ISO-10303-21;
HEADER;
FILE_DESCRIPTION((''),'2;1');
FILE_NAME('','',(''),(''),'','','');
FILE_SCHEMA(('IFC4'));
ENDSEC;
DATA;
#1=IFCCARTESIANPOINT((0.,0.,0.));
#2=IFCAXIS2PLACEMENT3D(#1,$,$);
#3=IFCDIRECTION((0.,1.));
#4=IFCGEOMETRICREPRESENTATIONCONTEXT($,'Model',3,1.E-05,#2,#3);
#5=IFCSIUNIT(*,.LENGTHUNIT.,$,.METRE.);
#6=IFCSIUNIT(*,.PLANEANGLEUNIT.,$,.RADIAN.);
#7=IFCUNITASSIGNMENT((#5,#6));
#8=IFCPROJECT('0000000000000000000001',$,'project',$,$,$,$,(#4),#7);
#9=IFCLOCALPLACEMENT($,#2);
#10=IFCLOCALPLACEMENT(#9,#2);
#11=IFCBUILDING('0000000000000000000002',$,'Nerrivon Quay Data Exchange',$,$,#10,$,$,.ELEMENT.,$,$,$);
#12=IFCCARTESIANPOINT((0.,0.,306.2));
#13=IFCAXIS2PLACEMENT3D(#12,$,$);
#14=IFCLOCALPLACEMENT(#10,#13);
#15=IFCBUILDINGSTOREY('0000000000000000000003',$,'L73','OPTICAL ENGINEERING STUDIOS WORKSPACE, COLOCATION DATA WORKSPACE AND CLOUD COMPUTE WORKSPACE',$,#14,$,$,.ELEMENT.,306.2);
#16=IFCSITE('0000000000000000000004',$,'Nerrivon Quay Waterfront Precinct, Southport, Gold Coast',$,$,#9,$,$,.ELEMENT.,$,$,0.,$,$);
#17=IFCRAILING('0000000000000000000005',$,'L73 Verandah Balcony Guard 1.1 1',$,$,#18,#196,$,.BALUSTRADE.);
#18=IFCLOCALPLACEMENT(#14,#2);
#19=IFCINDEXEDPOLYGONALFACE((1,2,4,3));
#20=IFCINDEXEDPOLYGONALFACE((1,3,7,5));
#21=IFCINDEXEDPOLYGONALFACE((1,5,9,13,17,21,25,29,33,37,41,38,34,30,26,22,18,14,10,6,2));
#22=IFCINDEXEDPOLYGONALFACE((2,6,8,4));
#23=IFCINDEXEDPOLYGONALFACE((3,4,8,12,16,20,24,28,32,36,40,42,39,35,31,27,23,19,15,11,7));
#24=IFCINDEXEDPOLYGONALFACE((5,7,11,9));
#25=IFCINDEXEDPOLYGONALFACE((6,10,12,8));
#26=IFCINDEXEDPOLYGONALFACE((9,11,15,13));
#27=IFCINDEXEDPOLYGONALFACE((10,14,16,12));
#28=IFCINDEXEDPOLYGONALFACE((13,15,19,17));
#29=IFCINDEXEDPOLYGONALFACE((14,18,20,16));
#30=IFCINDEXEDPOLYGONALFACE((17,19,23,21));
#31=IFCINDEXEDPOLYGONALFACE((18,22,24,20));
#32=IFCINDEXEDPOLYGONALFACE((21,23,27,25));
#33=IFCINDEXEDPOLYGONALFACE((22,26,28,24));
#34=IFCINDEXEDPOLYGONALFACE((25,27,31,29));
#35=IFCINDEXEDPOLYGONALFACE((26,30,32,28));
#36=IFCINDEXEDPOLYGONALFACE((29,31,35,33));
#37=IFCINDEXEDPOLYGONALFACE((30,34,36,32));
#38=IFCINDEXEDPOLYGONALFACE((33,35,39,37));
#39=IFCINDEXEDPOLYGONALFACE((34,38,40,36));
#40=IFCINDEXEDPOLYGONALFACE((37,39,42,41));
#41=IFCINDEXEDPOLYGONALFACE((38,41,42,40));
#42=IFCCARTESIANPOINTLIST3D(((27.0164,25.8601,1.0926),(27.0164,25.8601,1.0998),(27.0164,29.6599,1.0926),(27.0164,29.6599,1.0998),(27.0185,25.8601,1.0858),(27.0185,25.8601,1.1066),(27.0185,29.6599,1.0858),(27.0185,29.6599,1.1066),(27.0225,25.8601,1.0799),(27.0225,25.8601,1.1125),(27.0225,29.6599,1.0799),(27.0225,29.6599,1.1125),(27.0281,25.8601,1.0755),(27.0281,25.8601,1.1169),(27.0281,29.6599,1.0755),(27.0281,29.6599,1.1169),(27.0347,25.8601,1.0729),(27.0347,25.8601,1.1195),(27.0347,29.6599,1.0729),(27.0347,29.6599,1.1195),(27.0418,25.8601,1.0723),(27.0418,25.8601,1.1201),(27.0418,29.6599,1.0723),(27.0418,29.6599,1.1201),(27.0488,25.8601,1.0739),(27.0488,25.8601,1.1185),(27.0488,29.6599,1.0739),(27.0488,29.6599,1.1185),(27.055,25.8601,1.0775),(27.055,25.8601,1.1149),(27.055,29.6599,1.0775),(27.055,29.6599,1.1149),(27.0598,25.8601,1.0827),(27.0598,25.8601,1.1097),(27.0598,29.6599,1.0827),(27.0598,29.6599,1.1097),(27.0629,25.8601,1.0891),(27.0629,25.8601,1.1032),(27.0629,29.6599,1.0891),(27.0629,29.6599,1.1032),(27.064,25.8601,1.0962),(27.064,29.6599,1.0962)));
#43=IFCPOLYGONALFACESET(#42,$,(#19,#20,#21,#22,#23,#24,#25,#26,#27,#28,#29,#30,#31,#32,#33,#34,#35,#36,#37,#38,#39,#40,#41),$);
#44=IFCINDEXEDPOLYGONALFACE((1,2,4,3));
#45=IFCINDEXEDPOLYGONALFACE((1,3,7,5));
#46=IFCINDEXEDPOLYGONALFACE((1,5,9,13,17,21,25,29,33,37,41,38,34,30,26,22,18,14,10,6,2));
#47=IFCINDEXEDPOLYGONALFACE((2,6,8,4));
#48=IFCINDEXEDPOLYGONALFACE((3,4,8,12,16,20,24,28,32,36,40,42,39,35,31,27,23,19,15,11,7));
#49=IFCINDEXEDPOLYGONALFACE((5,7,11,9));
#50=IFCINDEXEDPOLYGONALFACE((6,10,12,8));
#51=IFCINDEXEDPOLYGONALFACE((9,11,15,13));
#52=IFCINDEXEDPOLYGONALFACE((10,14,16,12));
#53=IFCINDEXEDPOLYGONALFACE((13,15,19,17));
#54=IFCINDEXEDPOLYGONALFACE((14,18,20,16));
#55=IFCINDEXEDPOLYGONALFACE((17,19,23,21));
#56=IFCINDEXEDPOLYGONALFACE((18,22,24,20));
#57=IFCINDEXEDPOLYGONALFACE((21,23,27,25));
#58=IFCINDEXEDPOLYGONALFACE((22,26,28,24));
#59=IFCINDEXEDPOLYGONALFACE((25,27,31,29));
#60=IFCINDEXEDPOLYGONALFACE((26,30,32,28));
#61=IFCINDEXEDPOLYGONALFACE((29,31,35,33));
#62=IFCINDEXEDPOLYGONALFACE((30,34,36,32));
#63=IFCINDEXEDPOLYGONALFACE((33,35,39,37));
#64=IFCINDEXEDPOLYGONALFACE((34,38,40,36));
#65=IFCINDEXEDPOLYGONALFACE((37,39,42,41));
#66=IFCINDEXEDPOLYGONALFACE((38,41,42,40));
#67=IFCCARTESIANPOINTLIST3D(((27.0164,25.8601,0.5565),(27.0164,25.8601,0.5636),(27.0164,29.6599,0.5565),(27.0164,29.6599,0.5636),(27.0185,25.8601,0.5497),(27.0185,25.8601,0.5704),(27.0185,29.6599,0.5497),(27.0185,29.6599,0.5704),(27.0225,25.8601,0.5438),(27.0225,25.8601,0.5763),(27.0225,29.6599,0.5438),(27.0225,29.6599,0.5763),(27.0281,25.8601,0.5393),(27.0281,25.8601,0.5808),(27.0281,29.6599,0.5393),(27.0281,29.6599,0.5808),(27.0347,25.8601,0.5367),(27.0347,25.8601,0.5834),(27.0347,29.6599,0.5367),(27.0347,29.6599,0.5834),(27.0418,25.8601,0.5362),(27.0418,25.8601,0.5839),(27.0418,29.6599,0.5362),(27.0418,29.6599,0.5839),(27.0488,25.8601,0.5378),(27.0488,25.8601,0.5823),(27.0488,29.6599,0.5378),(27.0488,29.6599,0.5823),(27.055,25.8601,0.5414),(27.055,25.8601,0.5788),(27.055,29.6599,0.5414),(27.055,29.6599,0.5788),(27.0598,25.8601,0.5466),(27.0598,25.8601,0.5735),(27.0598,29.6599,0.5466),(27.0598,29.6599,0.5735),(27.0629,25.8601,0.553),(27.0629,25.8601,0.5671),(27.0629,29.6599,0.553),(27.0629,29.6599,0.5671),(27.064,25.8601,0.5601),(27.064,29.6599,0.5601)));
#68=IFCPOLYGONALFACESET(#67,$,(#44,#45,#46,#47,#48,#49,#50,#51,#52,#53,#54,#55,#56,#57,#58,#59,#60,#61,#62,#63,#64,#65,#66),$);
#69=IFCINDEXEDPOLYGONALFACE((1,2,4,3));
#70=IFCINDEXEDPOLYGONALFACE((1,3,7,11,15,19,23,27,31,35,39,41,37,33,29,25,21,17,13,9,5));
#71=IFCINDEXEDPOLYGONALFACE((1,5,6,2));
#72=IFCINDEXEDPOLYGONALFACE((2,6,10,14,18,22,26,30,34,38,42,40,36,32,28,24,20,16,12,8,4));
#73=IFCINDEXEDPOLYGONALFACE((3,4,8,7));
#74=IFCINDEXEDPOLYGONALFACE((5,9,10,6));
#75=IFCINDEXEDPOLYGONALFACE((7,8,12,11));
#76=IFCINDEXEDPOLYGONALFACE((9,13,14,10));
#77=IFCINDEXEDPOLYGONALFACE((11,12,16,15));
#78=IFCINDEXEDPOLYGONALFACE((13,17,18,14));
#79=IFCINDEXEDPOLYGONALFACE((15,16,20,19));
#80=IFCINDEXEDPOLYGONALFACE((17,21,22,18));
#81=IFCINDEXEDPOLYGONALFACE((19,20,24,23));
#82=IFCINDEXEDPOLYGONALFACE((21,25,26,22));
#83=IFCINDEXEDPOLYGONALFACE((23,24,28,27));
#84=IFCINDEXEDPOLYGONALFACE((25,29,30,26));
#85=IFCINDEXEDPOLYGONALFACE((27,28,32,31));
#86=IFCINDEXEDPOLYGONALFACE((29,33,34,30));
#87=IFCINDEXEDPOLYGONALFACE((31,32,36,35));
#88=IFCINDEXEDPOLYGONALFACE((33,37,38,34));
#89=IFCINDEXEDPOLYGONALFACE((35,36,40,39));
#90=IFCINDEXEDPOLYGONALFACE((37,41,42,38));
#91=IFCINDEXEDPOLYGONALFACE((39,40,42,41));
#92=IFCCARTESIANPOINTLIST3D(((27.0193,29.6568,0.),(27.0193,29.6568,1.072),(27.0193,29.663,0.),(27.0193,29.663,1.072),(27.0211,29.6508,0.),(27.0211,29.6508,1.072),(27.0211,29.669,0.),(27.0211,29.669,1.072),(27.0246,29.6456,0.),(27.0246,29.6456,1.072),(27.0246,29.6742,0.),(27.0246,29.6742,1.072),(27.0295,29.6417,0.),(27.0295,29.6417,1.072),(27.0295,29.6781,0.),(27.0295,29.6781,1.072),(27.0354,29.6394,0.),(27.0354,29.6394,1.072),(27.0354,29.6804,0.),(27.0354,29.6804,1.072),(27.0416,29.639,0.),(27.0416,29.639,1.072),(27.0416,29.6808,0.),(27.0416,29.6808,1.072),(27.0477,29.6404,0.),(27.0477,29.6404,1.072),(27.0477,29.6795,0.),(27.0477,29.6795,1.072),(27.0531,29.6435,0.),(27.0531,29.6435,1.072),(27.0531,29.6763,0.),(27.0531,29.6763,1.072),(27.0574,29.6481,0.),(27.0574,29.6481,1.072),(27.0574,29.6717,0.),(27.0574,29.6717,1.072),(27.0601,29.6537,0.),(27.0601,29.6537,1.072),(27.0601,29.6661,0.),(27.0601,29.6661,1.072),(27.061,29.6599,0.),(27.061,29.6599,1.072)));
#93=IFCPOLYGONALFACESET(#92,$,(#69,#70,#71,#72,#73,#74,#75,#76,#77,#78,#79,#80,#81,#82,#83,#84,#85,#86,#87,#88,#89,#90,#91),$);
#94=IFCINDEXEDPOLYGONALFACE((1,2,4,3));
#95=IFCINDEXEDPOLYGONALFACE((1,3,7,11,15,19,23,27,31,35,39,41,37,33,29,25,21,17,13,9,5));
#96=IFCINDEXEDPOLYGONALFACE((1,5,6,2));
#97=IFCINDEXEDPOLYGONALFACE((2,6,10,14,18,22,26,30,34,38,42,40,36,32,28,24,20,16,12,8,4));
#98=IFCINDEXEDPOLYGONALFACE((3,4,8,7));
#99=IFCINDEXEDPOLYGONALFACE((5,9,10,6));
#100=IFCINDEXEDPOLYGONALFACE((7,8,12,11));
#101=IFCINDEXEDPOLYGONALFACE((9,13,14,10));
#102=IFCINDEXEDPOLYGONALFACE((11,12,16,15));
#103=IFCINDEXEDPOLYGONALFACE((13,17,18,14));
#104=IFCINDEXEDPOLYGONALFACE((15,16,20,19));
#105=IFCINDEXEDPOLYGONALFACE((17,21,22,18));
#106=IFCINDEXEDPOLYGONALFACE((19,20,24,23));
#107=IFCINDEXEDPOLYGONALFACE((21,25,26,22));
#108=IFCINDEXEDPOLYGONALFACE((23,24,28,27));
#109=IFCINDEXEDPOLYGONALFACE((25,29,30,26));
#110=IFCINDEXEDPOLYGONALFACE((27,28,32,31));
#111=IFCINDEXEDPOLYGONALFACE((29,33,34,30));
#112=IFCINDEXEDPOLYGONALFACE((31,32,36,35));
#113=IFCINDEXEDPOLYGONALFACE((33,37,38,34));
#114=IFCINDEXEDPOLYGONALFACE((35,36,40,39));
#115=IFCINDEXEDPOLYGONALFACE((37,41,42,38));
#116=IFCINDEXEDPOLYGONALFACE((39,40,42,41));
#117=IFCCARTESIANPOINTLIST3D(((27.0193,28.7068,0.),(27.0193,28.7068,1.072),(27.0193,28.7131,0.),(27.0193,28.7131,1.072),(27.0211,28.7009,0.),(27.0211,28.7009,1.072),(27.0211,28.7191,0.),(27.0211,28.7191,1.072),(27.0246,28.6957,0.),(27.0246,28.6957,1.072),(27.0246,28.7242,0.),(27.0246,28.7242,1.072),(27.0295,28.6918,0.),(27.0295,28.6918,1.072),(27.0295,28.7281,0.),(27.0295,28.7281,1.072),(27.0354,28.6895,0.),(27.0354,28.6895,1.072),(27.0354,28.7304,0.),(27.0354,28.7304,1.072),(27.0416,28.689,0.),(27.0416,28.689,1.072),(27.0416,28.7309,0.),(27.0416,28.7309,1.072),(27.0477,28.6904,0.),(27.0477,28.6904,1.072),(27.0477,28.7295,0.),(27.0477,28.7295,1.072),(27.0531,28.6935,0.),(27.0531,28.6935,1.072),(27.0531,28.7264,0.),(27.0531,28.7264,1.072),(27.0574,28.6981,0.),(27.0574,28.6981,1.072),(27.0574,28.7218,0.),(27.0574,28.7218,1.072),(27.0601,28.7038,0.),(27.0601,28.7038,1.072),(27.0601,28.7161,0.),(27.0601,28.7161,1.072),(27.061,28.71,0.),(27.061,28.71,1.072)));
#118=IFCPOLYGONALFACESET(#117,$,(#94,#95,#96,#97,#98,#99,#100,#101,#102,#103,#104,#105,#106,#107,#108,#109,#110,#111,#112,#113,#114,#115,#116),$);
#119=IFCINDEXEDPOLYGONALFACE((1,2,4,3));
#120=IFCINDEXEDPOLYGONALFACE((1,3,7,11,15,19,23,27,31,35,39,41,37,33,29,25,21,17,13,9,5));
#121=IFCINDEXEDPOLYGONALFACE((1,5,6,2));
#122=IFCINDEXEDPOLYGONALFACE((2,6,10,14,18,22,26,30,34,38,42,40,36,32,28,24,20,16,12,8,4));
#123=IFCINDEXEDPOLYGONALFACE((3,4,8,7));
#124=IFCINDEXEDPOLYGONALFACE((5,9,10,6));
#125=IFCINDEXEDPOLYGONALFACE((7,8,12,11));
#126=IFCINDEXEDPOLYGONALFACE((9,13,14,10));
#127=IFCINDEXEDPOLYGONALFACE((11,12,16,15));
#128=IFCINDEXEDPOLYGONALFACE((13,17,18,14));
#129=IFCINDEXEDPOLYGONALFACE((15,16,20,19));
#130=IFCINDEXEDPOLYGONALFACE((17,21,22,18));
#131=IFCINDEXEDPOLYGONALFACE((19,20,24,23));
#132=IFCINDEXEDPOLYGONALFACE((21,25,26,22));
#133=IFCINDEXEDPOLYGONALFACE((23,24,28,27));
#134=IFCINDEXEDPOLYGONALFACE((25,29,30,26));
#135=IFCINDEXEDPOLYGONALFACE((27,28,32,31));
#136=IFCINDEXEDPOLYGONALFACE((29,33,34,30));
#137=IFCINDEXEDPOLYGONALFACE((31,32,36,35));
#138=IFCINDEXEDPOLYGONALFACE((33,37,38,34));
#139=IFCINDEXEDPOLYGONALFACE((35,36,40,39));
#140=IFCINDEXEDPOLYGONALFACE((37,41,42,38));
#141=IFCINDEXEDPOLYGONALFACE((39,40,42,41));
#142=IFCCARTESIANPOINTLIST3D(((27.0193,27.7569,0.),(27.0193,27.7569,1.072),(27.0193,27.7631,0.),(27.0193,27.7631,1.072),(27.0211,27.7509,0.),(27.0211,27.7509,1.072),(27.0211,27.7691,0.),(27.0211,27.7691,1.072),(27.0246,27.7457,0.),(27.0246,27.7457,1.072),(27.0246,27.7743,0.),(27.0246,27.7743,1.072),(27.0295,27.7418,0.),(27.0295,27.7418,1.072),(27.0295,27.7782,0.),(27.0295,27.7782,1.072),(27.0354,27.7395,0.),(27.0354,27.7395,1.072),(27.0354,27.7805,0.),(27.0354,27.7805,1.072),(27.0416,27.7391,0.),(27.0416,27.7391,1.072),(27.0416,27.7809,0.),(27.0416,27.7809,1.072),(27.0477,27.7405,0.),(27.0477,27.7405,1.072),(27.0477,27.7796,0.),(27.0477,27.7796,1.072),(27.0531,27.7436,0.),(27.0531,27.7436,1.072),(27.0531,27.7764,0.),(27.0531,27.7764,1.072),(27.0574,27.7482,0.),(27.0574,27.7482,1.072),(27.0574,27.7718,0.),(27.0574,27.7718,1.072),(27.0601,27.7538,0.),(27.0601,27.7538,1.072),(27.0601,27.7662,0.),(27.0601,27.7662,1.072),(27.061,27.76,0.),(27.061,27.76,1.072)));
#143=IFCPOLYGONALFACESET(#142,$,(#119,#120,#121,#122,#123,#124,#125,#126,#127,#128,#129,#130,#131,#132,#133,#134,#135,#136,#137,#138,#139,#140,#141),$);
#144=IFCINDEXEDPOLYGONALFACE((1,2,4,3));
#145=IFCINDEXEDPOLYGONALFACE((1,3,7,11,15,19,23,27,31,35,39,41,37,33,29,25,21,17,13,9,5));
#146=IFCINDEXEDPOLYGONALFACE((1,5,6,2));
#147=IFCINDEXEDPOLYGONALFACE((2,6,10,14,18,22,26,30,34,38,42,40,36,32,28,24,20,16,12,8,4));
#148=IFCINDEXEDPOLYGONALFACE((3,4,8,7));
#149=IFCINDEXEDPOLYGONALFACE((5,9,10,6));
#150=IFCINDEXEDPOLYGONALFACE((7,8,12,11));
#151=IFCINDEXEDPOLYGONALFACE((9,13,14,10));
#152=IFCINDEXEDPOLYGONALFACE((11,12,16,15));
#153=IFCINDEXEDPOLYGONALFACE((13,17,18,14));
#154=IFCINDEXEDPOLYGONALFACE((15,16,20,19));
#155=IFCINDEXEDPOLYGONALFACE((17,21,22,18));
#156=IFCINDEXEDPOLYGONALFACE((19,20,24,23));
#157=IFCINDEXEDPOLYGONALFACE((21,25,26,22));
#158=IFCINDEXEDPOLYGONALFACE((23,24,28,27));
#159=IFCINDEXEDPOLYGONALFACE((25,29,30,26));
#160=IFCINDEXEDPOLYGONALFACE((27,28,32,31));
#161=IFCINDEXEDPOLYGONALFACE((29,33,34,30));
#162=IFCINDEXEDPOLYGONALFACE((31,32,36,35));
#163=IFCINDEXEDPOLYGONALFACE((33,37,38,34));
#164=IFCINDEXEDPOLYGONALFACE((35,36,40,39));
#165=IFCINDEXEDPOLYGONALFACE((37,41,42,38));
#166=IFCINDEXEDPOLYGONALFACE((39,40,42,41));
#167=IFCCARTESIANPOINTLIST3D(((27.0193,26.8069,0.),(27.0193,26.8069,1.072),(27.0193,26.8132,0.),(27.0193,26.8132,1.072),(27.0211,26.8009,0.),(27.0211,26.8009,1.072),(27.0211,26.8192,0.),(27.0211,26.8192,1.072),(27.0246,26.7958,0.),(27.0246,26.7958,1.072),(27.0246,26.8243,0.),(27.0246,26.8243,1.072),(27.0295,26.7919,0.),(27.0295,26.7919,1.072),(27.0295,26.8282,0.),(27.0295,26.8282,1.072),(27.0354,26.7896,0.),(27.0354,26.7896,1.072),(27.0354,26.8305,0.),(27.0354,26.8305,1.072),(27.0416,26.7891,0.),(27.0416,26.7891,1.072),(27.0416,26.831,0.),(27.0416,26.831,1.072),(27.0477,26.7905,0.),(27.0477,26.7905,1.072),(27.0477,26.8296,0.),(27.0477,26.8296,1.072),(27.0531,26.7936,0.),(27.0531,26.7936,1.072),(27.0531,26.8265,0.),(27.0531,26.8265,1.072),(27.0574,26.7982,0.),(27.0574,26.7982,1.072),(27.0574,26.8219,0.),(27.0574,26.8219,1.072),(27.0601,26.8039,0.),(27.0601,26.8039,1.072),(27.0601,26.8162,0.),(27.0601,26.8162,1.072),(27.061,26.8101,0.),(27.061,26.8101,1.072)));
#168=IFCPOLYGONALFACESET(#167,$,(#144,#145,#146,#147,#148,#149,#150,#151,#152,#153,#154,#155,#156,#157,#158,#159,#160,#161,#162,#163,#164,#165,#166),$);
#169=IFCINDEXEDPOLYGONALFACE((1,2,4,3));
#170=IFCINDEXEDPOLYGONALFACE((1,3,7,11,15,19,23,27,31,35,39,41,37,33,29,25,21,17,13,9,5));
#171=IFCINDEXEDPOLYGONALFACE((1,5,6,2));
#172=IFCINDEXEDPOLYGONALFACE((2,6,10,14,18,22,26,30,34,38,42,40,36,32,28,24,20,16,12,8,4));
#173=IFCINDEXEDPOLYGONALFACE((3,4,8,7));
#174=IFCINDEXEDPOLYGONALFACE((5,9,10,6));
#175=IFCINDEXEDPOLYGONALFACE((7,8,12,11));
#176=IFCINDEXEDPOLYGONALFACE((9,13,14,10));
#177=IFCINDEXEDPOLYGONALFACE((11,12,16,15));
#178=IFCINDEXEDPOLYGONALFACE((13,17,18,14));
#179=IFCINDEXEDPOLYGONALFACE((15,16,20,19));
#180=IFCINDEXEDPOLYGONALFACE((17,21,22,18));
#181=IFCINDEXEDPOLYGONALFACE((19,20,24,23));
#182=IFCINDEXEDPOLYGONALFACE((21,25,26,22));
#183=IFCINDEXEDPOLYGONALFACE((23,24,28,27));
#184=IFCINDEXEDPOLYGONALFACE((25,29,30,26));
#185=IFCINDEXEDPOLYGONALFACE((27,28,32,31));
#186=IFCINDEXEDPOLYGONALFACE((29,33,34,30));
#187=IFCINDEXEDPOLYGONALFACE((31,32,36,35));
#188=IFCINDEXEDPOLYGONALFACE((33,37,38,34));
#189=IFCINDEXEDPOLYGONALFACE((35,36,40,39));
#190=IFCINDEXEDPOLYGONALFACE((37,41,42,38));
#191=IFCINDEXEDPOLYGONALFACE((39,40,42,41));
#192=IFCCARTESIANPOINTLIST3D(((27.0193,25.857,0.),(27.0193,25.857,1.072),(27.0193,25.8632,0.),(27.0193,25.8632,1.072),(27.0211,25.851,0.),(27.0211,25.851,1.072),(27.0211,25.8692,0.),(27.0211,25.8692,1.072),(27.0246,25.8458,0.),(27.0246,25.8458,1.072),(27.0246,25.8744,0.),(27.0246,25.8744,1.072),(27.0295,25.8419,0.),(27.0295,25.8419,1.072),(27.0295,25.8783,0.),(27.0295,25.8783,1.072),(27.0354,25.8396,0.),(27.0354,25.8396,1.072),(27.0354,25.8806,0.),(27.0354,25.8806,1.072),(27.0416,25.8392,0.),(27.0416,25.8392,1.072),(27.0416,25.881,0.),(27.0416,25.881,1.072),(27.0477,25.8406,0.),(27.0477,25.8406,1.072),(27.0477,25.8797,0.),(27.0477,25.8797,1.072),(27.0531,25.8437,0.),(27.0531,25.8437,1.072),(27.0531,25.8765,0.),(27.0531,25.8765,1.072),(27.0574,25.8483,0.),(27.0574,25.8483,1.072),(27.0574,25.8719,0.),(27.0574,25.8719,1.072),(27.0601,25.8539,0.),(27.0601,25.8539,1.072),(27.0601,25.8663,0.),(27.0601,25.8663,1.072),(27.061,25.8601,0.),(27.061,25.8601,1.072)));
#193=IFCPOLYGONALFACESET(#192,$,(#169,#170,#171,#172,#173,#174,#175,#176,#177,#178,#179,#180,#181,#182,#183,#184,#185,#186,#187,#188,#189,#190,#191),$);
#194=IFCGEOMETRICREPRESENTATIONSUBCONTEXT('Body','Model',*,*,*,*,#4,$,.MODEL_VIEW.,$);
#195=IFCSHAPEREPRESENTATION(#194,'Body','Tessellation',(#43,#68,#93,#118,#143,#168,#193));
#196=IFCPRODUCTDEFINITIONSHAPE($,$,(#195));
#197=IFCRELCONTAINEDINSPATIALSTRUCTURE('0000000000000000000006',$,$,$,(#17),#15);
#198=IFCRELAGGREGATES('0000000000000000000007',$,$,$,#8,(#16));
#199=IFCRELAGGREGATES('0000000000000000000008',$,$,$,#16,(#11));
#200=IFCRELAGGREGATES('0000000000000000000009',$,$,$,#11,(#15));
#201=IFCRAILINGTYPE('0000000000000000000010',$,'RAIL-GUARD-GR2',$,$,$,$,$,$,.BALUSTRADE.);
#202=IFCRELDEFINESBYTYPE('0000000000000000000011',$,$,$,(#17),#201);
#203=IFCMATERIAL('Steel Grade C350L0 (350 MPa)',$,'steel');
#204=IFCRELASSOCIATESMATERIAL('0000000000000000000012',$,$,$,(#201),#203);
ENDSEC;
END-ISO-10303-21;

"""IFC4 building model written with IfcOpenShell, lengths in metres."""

from ifc_helpers import new_model, si_unit, direction, frame, origin, origin_2d, place, context, subcontext, project, spatial, circle, extrude, material, type_object, element, save


model = new_model("IFC4")

# Units and contexts
model_context = context("Model", 3, precision=1e-05, world=origin(), true_north=direction((0.0, 1.0)))
body_context = subcontext(model_context, "Body", "Model", "MODEL_VIEW")
ifc_project = project(units=[si_unit("LENGTHUNIT", "METRE"), si_unit("PLANEANGLEUNIT", "RADIAN")], contexts=[model_context])

# Site, building, storey
site_placement = place(None, origin())
site = spatial("IfcSite", under=ifc_project, at=site_placement, Name="Nerrivon Quay Waterfront Precinct, Southport, Gold Coast", CompositionType="ELEMENT", RefElevation=0.0)
building_placement = place(site_placement, origin())
building = spatial("IfcBuilding", under=site, at=building_placement, Name="Nerrivon Quay Data Exchange", CompositionType="ELEMENT")
storey_placement = place(building_placement, frame((0.0, 0.0, 306.2)))
storey = spatial("IfcBuildingStorey", under=building, at=storey_placement, Name="L73", Description="OPTICAL ENGINEERING STUDIOS WORKSPACE, COLOCATION DATA WORKSPACE AND CLOUD COMPUTE WORKSPACE", CompositionType="ELEMENT", Elevation=306.2)

# Shared definitions
ifc_material_1 = material(Name="Steel Grade C350L0 (350 MPa)", Category="steel")

# Railing
railing_type = type_object("IfcRailingType", Name="RAIL-GUARD-GR2", PredefinedType="BALUSTRADE", material=ifc_material_1)
railing_1_placement = place(storey_placement, frame((27.04, 29.6599, 0.0)))
element("IfcRailing", 1, at=railing_1_placement, inside=storey, type_object=railing_type, Name="L73 Verandah Balcony Guard 1.1 1", PredefinedType="BALUSTRADE", context=body_context, shape_type="SweptSolid", body=[
    extrude(circle(Radius=0.0239, at=origin_2d()), frame((0.0, 0.0, 1.0962), z_axis=(0.0, -1.0, 0.0), x_axis=(1.0, 0.0, 0.0)), (0.0, 0.0, 1.0), 3.7998),
    extrude(circle(Radius=0.0239, at=origin_2d()), frame((0.0, 0.0, 0.5601), z_axis=(0.0, -1.0, 0.0), x_axis=(1.0, 0.0, 0.0)), (0.0, 0.0, 1.0), 3.7998),
    extrude(circle(Radius=0.021, at=origin_2d()), origin(), (0.0, 0.0, 1.0), 1.072),
    extrude(circle(Radius=0.021, at=origin_2d()), frame((0.0, -0.95, 0.0)), (0.0, 0.0, 1.0), 1.072),
    extrude(circle(Radius=0.021, at=origin_2d()), frame((0.0, -1.8999, 0.0)), (0.0, 0.0, 1.0), 1.072),
    extrude(circle(Radius=0.021, at=origin_2d()), frame((0.0, -2.8499, 0.0)), (0.0, 0.0, 1.0), 1.072),
    extrude(circle(Radius=0.021, at=origin_2d()), frame((0.0, -3.7998, 0.0)), (0.0, 0.0, 1.0), 1.072),
])

save(model, "model.ifc")
